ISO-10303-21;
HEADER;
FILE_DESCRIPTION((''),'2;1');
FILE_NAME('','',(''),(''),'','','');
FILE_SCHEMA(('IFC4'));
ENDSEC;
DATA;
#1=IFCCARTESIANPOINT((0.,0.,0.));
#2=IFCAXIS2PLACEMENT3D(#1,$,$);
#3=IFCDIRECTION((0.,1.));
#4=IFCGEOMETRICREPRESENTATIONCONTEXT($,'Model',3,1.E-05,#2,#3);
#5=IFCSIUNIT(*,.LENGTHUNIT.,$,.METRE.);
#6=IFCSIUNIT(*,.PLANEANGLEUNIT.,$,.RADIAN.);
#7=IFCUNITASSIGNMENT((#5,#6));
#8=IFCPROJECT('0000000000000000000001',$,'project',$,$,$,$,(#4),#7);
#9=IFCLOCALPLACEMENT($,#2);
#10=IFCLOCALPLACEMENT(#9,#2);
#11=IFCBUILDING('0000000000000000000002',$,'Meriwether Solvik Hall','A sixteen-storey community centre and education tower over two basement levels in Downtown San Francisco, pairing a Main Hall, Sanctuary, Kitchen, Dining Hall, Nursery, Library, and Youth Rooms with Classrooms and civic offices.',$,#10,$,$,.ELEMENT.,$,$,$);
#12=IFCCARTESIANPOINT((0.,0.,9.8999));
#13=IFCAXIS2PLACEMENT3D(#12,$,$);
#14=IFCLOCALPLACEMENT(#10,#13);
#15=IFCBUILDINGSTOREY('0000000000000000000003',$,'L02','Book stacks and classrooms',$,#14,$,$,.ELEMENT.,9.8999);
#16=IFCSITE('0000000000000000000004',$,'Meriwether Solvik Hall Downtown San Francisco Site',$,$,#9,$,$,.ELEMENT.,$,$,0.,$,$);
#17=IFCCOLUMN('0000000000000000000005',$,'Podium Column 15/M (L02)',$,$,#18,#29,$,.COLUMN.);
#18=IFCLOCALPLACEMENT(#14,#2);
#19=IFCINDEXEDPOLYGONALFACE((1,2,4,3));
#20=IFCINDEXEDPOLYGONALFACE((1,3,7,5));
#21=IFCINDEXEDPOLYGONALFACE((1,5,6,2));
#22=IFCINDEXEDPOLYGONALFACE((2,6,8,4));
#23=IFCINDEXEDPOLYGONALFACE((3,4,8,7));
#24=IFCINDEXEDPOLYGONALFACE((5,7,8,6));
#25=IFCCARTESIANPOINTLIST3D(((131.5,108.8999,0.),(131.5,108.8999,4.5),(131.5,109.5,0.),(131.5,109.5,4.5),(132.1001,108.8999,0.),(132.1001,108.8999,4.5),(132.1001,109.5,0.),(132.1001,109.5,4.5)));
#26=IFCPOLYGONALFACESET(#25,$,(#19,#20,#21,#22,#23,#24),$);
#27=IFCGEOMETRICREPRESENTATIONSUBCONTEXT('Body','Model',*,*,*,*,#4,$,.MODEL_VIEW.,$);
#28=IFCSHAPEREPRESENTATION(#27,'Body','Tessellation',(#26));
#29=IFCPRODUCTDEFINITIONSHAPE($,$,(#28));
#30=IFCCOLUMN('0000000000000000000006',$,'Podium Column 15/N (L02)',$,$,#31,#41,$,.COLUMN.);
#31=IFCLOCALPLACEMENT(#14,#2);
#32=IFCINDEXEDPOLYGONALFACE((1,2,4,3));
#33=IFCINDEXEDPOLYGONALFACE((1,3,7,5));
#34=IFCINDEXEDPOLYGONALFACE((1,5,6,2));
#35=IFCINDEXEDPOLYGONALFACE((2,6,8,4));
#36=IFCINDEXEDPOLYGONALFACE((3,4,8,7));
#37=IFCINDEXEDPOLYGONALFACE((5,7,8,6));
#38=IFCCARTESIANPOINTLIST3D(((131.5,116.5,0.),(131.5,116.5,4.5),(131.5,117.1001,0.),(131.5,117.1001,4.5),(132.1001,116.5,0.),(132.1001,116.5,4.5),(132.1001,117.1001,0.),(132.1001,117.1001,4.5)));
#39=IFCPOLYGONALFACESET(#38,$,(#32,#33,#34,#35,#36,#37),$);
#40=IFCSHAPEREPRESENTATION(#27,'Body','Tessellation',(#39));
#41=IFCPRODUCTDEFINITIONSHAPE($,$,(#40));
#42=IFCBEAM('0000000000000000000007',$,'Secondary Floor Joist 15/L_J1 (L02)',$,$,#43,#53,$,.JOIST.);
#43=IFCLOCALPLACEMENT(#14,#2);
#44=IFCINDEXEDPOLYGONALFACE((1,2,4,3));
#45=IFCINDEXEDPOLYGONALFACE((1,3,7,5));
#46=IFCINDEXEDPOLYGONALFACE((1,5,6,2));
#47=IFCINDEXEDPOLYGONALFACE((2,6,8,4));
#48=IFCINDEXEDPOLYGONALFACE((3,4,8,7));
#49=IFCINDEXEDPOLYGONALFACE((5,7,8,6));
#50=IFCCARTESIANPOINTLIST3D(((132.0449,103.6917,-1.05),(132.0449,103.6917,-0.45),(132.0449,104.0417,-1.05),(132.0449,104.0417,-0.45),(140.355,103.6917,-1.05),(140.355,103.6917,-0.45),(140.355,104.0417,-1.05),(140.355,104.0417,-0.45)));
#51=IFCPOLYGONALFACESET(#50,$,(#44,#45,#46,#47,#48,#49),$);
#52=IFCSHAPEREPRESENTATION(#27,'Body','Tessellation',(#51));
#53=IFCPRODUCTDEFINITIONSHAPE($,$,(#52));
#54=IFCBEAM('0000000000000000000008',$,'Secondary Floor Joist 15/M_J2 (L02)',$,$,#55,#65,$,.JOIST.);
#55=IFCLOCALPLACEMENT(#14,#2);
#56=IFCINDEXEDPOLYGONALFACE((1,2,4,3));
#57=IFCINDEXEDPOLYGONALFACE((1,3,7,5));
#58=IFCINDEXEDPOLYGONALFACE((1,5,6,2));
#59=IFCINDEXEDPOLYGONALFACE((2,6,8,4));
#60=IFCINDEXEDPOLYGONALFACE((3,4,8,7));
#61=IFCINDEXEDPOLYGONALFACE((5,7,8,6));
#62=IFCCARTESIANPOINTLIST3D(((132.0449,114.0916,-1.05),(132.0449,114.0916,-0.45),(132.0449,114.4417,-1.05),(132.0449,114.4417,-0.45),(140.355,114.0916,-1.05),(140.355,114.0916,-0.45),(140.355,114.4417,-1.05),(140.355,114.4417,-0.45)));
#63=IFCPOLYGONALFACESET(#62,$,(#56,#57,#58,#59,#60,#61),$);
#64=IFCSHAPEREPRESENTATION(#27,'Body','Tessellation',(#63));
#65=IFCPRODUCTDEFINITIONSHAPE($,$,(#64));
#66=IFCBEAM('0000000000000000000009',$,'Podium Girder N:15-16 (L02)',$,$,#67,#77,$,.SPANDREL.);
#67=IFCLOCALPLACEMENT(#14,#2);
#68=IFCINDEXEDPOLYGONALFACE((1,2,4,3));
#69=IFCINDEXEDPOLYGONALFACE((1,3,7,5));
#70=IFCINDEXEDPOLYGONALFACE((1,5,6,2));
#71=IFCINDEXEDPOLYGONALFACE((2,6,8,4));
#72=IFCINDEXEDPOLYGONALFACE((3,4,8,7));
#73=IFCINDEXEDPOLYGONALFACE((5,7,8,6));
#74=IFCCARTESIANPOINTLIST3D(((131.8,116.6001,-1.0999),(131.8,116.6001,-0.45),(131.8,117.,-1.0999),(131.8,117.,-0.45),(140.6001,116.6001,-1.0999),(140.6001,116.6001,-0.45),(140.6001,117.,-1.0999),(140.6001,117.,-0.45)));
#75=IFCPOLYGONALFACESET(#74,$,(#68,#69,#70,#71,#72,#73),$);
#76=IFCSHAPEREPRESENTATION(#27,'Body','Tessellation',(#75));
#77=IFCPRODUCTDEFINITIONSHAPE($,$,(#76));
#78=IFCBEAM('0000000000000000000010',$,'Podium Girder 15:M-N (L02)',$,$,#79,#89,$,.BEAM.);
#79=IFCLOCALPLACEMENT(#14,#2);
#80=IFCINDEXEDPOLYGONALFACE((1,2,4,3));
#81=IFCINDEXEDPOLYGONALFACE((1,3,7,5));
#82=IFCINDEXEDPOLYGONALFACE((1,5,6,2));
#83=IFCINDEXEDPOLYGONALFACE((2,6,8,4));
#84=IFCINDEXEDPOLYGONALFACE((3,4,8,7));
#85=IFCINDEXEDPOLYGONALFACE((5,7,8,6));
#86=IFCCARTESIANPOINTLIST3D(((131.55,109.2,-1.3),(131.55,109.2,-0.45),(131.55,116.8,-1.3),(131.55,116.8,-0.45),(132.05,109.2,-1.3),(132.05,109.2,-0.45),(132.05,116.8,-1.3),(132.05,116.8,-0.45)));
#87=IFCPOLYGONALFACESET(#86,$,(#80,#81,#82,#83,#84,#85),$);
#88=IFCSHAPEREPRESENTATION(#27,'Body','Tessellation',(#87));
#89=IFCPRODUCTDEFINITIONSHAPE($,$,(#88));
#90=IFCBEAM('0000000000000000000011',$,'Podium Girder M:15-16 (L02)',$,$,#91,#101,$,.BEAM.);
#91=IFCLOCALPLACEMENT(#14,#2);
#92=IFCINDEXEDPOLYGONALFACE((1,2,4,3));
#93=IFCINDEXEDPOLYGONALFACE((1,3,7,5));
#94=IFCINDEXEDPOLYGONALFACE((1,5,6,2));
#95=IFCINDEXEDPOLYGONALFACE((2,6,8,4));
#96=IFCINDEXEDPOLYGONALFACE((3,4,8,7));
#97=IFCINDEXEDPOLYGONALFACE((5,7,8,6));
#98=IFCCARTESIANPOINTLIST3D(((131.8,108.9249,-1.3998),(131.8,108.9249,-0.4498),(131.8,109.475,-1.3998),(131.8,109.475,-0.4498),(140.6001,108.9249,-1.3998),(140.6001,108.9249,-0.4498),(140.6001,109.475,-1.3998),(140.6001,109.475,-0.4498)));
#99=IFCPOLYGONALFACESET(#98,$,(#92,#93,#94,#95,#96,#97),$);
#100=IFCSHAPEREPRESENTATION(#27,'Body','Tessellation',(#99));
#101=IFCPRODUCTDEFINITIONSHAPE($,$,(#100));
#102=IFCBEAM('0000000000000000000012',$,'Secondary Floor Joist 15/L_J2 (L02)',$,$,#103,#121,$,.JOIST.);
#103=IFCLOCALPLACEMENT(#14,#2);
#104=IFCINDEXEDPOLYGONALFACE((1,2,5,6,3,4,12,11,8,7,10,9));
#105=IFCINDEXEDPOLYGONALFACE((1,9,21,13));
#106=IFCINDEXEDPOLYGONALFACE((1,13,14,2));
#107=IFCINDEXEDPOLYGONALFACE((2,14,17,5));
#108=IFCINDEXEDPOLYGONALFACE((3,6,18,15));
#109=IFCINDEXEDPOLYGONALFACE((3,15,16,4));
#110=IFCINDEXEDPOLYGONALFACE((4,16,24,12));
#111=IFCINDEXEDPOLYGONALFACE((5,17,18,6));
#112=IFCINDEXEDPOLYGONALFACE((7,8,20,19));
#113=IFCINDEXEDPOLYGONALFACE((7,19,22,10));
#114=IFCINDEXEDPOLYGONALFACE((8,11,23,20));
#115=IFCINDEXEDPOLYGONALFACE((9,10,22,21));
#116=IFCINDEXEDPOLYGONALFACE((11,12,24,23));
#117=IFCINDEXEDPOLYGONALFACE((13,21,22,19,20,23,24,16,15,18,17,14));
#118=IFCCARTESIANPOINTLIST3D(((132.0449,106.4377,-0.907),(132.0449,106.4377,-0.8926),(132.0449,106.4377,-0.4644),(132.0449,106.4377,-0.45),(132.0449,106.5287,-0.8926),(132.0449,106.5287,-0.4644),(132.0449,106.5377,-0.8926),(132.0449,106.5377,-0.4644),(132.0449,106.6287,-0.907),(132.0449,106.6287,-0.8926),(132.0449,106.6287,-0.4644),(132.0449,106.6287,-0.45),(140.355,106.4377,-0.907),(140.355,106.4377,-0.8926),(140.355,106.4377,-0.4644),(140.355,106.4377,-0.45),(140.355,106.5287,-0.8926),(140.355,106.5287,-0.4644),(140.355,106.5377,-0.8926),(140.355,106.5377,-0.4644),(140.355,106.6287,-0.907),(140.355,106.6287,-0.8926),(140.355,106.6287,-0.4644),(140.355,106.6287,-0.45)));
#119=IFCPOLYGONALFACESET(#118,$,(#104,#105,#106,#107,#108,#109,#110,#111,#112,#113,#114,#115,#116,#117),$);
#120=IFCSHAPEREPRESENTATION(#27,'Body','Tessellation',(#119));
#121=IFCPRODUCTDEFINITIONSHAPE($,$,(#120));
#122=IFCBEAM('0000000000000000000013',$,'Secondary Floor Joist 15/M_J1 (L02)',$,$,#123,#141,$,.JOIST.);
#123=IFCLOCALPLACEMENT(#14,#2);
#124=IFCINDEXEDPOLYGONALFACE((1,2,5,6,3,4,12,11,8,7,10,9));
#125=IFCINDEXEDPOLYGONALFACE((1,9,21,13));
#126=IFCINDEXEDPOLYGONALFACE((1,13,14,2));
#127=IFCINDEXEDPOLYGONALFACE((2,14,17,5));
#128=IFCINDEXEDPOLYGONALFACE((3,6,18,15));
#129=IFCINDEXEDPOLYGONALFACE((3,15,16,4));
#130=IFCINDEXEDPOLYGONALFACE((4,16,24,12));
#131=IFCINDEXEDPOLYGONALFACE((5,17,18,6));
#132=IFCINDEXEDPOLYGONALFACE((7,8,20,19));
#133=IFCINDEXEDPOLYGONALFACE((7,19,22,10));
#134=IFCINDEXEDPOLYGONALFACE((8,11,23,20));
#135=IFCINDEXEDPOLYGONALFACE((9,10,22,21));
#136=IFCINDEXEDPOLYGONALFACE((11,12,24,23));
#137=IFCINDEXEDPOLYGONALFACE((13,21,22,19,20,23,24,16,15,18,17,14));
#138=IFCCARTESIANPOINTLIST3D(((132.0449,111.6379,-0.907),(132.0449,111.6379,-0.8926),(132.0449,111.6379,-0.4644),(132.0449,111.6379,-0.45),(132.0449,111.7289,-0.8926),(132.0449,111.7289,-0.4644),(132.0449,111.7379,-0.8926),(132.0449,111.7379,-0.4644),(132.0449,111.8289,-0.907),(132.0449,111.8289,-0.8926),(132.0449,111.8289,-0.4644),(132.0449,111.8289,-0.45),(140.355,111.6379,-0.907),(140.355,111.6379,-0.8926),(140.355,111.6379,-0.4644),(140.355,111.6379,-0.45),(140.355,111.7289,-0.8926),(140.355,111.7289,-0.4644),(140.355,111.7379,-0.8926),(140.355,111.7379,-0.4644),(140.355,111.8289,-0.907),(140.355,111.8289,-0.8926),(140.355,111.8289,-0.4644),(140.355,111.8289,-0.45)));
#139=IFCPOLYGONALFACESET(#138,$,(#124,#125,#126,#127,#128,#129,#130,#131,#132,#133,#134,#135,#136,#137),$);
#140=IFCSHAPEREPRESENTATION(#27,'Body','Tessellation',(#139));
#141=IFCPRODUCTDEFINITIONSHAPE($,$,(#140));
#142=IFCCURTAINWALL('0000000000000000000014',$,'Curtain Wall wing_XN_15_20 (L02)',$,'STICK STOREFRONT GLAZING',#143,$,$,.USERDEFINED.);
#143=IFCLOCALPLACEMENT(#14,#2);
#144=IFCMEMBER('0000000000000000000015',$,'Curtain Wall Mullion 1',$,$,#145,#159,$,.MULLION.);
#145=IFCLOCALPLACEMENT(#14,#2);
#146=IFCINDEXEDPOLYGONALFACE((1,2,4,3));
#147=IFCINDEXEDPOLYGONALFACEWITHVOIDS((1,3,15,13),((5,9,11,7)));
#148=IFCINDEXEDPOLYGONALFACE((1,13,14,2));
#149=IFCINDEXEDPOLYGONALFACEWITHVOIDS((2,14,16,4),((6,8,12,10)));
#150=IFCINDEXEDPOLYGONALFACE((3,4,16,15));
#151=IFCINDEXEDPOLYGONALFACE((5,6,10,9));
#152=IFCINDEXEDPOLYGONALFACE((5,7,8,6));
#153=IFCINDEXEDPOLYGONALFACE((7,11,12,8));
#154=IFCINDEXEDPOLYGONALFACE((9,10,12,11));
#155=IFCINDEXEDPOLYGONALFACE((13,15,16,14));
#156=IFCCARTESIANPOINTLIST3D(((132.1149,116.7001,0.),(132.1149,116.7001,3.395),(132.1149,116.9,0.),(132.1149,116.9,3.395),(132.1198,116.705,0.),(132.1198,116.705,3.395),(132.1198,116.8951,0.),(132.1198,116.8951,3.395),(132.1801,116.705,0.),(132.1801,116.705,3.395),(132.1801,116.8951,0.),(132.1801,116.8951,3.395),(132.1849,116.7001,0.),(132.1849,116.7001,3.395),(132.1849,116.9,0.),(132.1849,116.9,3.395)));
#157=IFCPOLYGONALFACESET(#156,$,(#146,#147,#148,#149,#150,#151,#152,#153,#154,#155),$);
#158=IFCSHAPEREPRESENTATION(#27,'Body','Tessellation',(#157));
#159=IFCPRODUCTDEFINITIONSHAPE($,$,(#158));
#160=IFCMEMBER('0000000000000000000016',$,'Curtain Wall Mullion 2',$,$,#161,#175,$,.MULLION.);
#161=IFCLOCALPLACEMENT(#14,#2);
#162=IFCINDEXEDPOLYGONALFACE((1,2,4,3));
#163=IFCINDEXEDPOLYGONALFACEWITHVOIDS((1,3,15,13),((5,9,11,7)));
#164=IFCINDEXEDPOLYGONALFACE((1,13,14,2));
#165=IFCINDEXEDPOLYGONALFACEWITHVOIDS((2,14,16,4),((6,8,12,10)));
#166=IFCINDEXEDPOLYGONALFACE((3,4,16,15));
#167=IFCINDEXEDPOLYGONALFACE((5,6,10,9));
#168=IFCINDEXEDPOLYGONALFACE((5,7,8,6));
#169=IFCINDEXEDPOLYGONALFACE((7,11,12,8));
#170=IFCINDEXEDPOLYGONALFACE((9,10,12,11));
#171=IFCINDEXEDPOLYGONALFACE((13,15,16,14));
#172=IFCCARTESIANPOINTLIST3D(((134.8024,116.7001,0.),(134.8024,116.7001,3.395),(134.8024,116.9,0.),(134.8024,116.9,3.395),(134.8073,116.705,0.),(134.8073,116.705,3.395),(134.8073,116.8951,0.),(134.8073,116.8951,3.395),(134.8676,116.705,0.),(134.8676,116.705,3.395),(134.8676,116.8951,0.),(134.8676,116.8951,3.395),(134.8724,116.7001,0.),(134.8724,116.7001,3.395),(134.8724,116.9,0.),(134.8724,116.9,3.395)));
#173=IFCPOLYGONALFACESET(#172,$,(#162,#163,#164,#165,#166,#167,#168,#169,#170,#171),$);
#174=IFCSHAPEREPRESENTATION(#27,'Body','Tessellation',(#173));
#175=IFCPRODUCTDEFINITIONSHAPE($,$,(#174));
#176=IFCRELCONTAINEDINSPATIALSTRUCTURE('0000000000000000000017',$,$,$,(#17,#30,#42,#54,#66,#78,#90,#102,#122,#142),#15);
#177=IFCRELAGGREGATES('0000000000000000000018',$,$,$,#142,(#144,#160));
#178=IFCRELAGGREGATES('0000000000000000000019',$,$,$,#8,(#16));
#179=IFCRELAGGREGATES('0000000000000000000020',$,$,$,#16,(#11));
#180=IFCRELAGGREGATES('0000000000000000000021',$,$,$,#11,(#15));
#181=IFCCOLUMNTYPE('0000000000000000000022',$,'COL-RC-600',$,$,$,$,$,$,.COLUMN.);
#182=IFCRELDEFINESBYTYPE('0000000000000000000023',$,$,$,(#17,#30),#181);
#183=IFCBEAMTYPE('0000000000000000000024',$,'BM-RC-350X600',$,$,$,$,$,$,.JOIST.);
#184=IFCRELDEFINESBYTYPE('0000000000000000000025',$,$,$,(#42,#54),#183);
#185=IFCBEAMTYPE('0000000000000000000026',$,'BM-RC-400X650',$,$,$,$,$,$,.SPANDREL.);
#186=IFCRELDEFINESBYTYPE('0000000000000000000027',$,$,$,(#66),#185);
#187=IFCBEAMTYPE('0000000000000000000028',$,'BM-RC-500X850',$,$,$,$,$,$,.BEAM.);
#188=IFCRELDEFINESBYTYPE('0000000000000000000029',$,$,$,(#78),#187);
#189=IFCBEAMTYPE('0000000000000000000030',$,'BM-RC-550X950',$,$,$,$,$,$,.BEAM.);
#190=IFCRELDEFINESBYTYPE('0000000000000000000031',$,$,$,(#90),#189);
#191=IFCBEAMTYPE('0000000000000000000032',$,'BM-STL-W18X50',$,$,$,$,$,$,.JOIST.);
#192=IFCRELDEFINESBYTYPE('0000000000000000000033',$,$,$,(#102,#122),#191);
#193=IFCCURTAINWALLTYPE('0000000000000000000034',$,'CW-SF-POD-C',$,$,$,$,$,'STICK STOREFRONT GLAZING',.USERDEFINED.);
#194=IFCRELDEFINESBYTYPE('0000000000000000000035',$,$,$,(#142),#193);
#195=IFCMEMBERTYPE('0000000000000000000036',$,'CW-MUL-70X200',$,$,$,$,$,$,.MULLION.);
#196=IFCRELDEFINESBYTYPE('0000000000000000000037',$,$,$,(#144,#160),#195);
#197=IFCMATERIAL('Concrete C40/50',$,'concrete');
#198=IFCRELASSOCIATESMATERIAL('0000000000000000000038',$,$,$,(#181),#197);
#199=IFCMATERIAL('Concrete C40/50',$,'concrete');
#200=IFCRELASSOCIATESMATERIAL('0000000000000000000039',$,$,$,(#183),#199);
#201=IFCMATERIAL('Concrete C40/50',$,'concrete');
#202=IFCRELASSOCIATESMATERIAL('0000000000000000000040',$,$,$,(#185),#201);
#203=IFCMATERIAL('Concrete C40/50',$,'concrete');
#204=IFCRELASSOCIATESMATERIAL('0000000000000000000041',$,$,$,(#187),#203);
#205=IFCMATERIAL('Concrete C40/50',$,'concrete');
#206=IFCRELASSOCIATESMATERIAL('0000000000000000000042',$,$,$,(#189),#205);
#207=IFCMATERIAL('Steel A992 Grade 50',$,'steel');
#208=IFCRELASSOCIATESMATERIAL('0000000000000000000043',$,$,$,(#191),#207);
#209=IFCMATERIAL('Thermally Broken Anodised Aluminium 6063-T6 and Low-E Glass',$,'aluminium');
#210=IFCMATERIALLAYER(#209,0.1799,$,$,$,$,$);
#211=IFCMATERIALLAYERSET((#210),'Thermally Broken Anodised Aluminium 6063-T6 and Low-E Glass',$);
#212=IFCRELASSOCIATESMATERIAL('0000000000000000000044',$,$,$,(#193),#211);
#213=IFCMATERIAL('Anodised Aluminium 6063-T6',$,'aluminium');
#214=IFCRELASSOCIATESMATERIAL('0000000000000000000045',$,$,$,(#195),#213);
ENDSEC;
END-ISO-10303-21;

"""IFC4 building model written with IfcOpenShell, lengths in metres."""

from ifc_helpers import new_model, si_unit, direction, frame, origin, origin_2d, place, context, subcontext, project, spatial, rectangle, hollow_rectangle, i_section, extrude, material, layer, layer_set, material_profile, profile_set, type_object, element, aggregate, save


model = new_model("IFC4")

# Units and contexts
model_context = context("Model", 3, precision=1e-05, world=origin(), true_north=direction((0.0, 1.0)))
body_context = subcontext(model_context, "Body", "Model", "MODEL_VIEW")
ifc_project = project(units=[si_unit("LENGTHUNIT", "METRE"), si_unit("PLANEANGLEUNIT", "RADIAN")], contexts=[model_context])

# Site, building, storey
site_placement = place(None, origin())
site = spatial("IfcSite", under=ifc_project, at=site_placement, Name="Meriwether Solvik Hall Downtown San Francisco Site", CompositionType="ELEMENT", RefElevation=0.0)
building_placement = place(site_placement, origin())
building = spatial("IfcBuilding", under=site, at=building_placement, Name="Meriwether Solvik Hall", Description="A sixteen-storey community centre and education tower over two basement levels in Downtown San Francisco, pairing a Main Hall, Sanctuary, Kitchen, Dining Hall, Nursery, Library, and Youth Rooms with Classrooms and civic offices.", CompositionType="ELEMENT")
storey_placement = place(building_placement, frame((0.0, 0.0, 9.8999)))
storey = spatial("IfcBuildingStorey", under=building, at=storey_placement, Name="L02", Description="Book stacks and classrooms", CompositionType="ELEMENT", Elevation=9.8999)

# Columns
ifc_material_1 = material(Name="Concrete C40/50", Category="concrete")
ifc_material_profile_1 = material_profile(ifc_material_1, rectangle(XDim=0.6001, YDim=0.6001, at=origin_2d()), Name="RCC-600X600")
ifc_profile_set_1 = profile_set([ifc_material_profile_1], Name="Concrete C40/50")
column_type = type_object("IfcColumnType", Name="COL-RC-600", PredefinedType="COLUMN", material=ifc_profile_set_1)
for number, where, z_axis, x_axis, name in (
    (1, (131.8, 109.2, 0.0), (0.0, 0.0, 1.0), (1.0, 0.0, 0.0), "Podium Column 15/M (L02)"),
    (2, (131.8, 116.8, 0.0), (0.0, 0.0, 1.0), (1.0, 0.0, 0.0), "Podium Column 15/N (L02)"),
):
    element("IfcColumn", number, at=place(storey_placement, frame(where, z_axis=z_axis, x_axis=x_axis)), inside=storey, type_object=column_type, Name=name, PredefinedType="COLUMN", context=body_context, shape_type="SweptSolid", body=[
        extrude(rectangle(XDim=0.6001, YDim=0.6001, at=origin_2d()), origin(), (0.0, 0.0, 1.0), 4.5),
    ])

# Beams
ifc_material_2 = material(Name="Concrete C40/50", Category="concrete")
ifc_material_profile_2 = material_profile(ifc_material_2, rectangle(XDim=0.3501, YDim=0.6001, at=origin_2d()), Name="RCB-350X600")
ifc_profile_set_2 = profile_set([ifc_material_profile_2], Name="Concrete C40/50")
beam_type_1 = type_object("IfcBeamType", Name="BM-RC-350X600", PredefinedType="JOIST", material=ifc_profile_set_2)
for number, where, z_axis, x_axis, name in (
    (3, (132.0449, 103.8667, -0.75), (1.0, 0.0, 0.0), (0.0, 1.0, 0.0), "Secondary Floor Joist 15/L_J1 (L02)"),
    (4, (132.0449, 114.2666, -0.75), (1.0, 0.0, 0.0), (0.0, 1.0, 0.0), "Secondary Floor Joist 15/M_J2 (L02)"),
):
    element("IfcBeam", number, at=place(storey_placement, frame(where, z_axis=z_axis, x_axis=x_axis)), inside=storey, type_object=beam_type_1, Name=name, PredefinedType="JOIST", context=body_context, shape_type="SweptSolid", body=[
        extrude(rectangle(XDim=0.3501, YDim=0.6001, at=origin_2d()), origin(), (0.0, 0.0, 1.0), 8.3101),
    ])
ifc_material_3 = material(Name="Concrete C40/50", Category="concrete")
ifc_material_profile_3 = material_profile(ifc_material_3, rectangle(XDim=0.3999, YDim=0.6499, at=origin_2d()), Name="RCB-400X650")
ifc_profile_set_3 = profile_set([ifc_material_profile_3], Name="Concrete C40/50")
beam_type_2 = type_object("IfcBeamType", Name="BM-RC-400X650", PredefinedType="SPANDREL", material=ifc_profile_set_3)
beam_1_placement = place(storey_placement, frame((131.8, 116.8, -0.7749), z_axis=(1.0, 0.0, 0.0), x_axis=(0.0, 1.0, 0.0)))
element("IfcBeam", 5, at=beam_1_placement, inside=storey, type_object=beam_type_2, Name="Podium Girder N:15-16 (L02)", PredefinedType="SPANDREL", context=body_context, shape_type="SweptSolid", body=[
    extrude(rectangle(XDim=0.3999, YDim=0.6499, at=origin_2d()), origin(), (0.0, 0.0, 1.0), 8.8),
])
ifc_material_4 = material(Name="Concrete C40/50", Category="concrete")
ifc_material_profile_4 = material_profile(ifc_material_4, rectangle(XDim=0.5, YDim=0.8501, at=origin_2d()), Name="RCB-500X850")
ifc_profile_set_4 = profile_set([ifc_material_profile_4], Name="Concrete C40/50")
beam_type_3 = type_object("IfcBeamType", Name="BM-RC-500X850", PredefinedType="BEAM", material=ifc_profile_set_4)
beam_2_placement = place(storey_placement, frame((131.8, 109.2, -0.875), z_axis=(0.0, 1.0, 0.0), x_axis=(-1.0, 0.0, 0.0)))
element("IfcBeam", 6, at=beam_2_placement, inside=storey, type_object=beam_type_3, Name="Podium Girder 15:M-N (L02)", PredefinedType="BEAM", context=body_context, shape_type="SweptSolid", body=[
    extrude(rectangle(XDim=0.5, YDim=0.8501, at=origin_2d()), origin(), (0.0, 0.0, 1.0), 7.6001),
])
ifc_material_5 = material(Name="Concrete C40/50", Category="concrete")
ifc_material_profile_5 = material_profile(ifc_material_5, rectangle(XDim=0.55, YDim=0.95, at=origin_2d()), Name="RCB-550X950")
ifc_profile_set_5 = profile_set([ifc_material_profile_5], Name="Concrete C40/50")
beam_type_4 = type_object("IfcBeamType", Name="BM-RC-550X950", PredefinedType="BEAM", material=ifc_profile_set_5)
beam_3_placement = place(storey_placement, frame((131.8, 109.2, -0.9248), z_axis=(1.0, 0.0, 0.0), x_axis=(0.0, 1.0, 0.0)))
element("IfcBeam", 7, at=beam_3_placement, inside=storey, type_object=beam_type_4, Name="Podium Girder M:15-16 (L02)", PredefinedType="BEAM", context=body_context, shape_type="SweptSolid", body=[
    extrude(rectangle(XDim=0.55, YDim=0.95, at=origin_2d()), origin(), (0.0, 0.0, 1.0), 8.8),
])
ifc_material_6 = material(Name="Steel A992 Grade 50", Category="steel")
ifc_material_profile_6 = material_profile(ifc_material_6, i_section(OverallWidth=0.1909, OverallDepth=0.457, WebThickness=0.009, FlangeThickness=0.0144, at=origin_2d()), Name="W18X50")
ifc_profile_set_6 = profile_set([ifc_material_profile_6], Name="Steel A992 Grade 50")
beam_type_5 = type_object("IfcBeamType", Name="BM-STL-W18X50", PredefinedType="JOIST", material=ifc_profile_set_6)
for number, where, z_axis, x_axis, name in (
    (8, (132.0449, 106.5332, -0.6785), (1.0, 0.0, 0.0), (0.0, 1.0, 0.0), "Secondary Floor Joist 15/L_J2 (L02)"),
    (9, (132.0449, 111.7334, -0.6785), (1.0, 0.0, 0.0), (0.0, 1.0, 0.0), "Secondary Floor Joist 15/M_J1 (L02)"),
):
    element("IfcBeam", number, at=place(storey_placement, frame(where, z_axis=z_axis, x_axis=x_axis)), inside=storey, type_object=beam_type_5, Name=name, PredefinedType="JOIST", context=body_context, shape_type="SweptSolid", body=[
        extrude(i_section(OverallWidth=0.1909, OverallDepth=0.457, WebThickness=0.009, FlangeThickness=0.0144, at=origin_2d()), origin(), (0.0, 0.0, 1.0), 8.3101),
    ])

# Curtain wall, members
ifc_material_7 = material(Name="Thermally Broken Anodised Aluminium 6063-T6 and Low-E Glass", Category="aluminium")
ifc_layer_1 = layer(ifc_material_7, 0.1799)
ifc_layer_set_1 = layer_set([ifc_layer_1], Name="Thermally Broken Anodised Aluminium 6063-T6 and Low-E Glass")
curtain_wall_type = type_object("IfcCurtainWallType", Name="CW-SF-POD-C", ElementType="STICK STOREFRONT GLAZING", PredefinedType="USERDEFINED", material=ifc_layer_set_1)
curtain_wall_placement = place(storey_placement, origin())
curtain_wall = element("IfcCurtainWall", 10, at=curtain_wall_placement, inside=storey, type_object=curtain_wall_type, Name="Curtain Wall wing_XN_15_20 (L02)", ObjectType="STICK STOREFRONT GLAZING", PredefinedType="USERDEFINED")
ifc_material_8 = material(Name="Anodised Aluminium 6063-T6", Category="aluminium")
ifc_material_profile_7 = material_profile(ifc_material_8, hollow_rectangle(XDim=0.0701, YDim=0.2, WallThickness=0.0049, at=origin_2d()), Name="CWM-70X200")
ifc_profile_set_7 = profile_set([ifc_material_profile_7], Name="Anodised Aluminium 6063-T6")
member_type_1 = type_object("IfcMemberType", Name="CW-MUL-70X200", PredefinedType="MULLION", material=ifc_profile_set_7)
member_1_placement = place(storey_placement, frame((132.1499, 116.8, 0.0), z_axis=(0.0, 0.0, 1.0), x_axis=(1.0, 0.0, 0.0)))
member_1 = element("IfcMember", 11, at=member_1_placement, type_object=member_type_1, Name="Curtain Wall Mullion 1", PredefinedType="MULLION", context=body_context, shape_type="SweptSolid", body=[
    extrude(hollow_rectangle(XDim=0.0701, YDim=0.2, WallThickness=0.0049, at=origin_2d()), origin(), (0.0, 0.0, 1.0), 3.395),
])
member_2_placement = place(storey_placement, frame((134.8374, 116.8, 0.0), z_axis=(0.0, 0.0, 1.0), x_axis=(1.0, 0.0, 0.0)))
member_2 = element("IfcMember", 12, at=member_2_placement, type_object=member_type_1, Name="Curtain Wall Mullion 2", PredefinedType="MULLION", context=body_context, shape_type="SweptSolid", body=[
    extrude(hollow_rectangle(XDim=0.0701, YDim=0.2, WallThickness=0.0049, at=origin_2d()), origin(), (0.0, 0.0, 1.0), 3.395),
])
aggregate(curtain_wall, [member_1, member_2])

save(model, "model.ifc")
